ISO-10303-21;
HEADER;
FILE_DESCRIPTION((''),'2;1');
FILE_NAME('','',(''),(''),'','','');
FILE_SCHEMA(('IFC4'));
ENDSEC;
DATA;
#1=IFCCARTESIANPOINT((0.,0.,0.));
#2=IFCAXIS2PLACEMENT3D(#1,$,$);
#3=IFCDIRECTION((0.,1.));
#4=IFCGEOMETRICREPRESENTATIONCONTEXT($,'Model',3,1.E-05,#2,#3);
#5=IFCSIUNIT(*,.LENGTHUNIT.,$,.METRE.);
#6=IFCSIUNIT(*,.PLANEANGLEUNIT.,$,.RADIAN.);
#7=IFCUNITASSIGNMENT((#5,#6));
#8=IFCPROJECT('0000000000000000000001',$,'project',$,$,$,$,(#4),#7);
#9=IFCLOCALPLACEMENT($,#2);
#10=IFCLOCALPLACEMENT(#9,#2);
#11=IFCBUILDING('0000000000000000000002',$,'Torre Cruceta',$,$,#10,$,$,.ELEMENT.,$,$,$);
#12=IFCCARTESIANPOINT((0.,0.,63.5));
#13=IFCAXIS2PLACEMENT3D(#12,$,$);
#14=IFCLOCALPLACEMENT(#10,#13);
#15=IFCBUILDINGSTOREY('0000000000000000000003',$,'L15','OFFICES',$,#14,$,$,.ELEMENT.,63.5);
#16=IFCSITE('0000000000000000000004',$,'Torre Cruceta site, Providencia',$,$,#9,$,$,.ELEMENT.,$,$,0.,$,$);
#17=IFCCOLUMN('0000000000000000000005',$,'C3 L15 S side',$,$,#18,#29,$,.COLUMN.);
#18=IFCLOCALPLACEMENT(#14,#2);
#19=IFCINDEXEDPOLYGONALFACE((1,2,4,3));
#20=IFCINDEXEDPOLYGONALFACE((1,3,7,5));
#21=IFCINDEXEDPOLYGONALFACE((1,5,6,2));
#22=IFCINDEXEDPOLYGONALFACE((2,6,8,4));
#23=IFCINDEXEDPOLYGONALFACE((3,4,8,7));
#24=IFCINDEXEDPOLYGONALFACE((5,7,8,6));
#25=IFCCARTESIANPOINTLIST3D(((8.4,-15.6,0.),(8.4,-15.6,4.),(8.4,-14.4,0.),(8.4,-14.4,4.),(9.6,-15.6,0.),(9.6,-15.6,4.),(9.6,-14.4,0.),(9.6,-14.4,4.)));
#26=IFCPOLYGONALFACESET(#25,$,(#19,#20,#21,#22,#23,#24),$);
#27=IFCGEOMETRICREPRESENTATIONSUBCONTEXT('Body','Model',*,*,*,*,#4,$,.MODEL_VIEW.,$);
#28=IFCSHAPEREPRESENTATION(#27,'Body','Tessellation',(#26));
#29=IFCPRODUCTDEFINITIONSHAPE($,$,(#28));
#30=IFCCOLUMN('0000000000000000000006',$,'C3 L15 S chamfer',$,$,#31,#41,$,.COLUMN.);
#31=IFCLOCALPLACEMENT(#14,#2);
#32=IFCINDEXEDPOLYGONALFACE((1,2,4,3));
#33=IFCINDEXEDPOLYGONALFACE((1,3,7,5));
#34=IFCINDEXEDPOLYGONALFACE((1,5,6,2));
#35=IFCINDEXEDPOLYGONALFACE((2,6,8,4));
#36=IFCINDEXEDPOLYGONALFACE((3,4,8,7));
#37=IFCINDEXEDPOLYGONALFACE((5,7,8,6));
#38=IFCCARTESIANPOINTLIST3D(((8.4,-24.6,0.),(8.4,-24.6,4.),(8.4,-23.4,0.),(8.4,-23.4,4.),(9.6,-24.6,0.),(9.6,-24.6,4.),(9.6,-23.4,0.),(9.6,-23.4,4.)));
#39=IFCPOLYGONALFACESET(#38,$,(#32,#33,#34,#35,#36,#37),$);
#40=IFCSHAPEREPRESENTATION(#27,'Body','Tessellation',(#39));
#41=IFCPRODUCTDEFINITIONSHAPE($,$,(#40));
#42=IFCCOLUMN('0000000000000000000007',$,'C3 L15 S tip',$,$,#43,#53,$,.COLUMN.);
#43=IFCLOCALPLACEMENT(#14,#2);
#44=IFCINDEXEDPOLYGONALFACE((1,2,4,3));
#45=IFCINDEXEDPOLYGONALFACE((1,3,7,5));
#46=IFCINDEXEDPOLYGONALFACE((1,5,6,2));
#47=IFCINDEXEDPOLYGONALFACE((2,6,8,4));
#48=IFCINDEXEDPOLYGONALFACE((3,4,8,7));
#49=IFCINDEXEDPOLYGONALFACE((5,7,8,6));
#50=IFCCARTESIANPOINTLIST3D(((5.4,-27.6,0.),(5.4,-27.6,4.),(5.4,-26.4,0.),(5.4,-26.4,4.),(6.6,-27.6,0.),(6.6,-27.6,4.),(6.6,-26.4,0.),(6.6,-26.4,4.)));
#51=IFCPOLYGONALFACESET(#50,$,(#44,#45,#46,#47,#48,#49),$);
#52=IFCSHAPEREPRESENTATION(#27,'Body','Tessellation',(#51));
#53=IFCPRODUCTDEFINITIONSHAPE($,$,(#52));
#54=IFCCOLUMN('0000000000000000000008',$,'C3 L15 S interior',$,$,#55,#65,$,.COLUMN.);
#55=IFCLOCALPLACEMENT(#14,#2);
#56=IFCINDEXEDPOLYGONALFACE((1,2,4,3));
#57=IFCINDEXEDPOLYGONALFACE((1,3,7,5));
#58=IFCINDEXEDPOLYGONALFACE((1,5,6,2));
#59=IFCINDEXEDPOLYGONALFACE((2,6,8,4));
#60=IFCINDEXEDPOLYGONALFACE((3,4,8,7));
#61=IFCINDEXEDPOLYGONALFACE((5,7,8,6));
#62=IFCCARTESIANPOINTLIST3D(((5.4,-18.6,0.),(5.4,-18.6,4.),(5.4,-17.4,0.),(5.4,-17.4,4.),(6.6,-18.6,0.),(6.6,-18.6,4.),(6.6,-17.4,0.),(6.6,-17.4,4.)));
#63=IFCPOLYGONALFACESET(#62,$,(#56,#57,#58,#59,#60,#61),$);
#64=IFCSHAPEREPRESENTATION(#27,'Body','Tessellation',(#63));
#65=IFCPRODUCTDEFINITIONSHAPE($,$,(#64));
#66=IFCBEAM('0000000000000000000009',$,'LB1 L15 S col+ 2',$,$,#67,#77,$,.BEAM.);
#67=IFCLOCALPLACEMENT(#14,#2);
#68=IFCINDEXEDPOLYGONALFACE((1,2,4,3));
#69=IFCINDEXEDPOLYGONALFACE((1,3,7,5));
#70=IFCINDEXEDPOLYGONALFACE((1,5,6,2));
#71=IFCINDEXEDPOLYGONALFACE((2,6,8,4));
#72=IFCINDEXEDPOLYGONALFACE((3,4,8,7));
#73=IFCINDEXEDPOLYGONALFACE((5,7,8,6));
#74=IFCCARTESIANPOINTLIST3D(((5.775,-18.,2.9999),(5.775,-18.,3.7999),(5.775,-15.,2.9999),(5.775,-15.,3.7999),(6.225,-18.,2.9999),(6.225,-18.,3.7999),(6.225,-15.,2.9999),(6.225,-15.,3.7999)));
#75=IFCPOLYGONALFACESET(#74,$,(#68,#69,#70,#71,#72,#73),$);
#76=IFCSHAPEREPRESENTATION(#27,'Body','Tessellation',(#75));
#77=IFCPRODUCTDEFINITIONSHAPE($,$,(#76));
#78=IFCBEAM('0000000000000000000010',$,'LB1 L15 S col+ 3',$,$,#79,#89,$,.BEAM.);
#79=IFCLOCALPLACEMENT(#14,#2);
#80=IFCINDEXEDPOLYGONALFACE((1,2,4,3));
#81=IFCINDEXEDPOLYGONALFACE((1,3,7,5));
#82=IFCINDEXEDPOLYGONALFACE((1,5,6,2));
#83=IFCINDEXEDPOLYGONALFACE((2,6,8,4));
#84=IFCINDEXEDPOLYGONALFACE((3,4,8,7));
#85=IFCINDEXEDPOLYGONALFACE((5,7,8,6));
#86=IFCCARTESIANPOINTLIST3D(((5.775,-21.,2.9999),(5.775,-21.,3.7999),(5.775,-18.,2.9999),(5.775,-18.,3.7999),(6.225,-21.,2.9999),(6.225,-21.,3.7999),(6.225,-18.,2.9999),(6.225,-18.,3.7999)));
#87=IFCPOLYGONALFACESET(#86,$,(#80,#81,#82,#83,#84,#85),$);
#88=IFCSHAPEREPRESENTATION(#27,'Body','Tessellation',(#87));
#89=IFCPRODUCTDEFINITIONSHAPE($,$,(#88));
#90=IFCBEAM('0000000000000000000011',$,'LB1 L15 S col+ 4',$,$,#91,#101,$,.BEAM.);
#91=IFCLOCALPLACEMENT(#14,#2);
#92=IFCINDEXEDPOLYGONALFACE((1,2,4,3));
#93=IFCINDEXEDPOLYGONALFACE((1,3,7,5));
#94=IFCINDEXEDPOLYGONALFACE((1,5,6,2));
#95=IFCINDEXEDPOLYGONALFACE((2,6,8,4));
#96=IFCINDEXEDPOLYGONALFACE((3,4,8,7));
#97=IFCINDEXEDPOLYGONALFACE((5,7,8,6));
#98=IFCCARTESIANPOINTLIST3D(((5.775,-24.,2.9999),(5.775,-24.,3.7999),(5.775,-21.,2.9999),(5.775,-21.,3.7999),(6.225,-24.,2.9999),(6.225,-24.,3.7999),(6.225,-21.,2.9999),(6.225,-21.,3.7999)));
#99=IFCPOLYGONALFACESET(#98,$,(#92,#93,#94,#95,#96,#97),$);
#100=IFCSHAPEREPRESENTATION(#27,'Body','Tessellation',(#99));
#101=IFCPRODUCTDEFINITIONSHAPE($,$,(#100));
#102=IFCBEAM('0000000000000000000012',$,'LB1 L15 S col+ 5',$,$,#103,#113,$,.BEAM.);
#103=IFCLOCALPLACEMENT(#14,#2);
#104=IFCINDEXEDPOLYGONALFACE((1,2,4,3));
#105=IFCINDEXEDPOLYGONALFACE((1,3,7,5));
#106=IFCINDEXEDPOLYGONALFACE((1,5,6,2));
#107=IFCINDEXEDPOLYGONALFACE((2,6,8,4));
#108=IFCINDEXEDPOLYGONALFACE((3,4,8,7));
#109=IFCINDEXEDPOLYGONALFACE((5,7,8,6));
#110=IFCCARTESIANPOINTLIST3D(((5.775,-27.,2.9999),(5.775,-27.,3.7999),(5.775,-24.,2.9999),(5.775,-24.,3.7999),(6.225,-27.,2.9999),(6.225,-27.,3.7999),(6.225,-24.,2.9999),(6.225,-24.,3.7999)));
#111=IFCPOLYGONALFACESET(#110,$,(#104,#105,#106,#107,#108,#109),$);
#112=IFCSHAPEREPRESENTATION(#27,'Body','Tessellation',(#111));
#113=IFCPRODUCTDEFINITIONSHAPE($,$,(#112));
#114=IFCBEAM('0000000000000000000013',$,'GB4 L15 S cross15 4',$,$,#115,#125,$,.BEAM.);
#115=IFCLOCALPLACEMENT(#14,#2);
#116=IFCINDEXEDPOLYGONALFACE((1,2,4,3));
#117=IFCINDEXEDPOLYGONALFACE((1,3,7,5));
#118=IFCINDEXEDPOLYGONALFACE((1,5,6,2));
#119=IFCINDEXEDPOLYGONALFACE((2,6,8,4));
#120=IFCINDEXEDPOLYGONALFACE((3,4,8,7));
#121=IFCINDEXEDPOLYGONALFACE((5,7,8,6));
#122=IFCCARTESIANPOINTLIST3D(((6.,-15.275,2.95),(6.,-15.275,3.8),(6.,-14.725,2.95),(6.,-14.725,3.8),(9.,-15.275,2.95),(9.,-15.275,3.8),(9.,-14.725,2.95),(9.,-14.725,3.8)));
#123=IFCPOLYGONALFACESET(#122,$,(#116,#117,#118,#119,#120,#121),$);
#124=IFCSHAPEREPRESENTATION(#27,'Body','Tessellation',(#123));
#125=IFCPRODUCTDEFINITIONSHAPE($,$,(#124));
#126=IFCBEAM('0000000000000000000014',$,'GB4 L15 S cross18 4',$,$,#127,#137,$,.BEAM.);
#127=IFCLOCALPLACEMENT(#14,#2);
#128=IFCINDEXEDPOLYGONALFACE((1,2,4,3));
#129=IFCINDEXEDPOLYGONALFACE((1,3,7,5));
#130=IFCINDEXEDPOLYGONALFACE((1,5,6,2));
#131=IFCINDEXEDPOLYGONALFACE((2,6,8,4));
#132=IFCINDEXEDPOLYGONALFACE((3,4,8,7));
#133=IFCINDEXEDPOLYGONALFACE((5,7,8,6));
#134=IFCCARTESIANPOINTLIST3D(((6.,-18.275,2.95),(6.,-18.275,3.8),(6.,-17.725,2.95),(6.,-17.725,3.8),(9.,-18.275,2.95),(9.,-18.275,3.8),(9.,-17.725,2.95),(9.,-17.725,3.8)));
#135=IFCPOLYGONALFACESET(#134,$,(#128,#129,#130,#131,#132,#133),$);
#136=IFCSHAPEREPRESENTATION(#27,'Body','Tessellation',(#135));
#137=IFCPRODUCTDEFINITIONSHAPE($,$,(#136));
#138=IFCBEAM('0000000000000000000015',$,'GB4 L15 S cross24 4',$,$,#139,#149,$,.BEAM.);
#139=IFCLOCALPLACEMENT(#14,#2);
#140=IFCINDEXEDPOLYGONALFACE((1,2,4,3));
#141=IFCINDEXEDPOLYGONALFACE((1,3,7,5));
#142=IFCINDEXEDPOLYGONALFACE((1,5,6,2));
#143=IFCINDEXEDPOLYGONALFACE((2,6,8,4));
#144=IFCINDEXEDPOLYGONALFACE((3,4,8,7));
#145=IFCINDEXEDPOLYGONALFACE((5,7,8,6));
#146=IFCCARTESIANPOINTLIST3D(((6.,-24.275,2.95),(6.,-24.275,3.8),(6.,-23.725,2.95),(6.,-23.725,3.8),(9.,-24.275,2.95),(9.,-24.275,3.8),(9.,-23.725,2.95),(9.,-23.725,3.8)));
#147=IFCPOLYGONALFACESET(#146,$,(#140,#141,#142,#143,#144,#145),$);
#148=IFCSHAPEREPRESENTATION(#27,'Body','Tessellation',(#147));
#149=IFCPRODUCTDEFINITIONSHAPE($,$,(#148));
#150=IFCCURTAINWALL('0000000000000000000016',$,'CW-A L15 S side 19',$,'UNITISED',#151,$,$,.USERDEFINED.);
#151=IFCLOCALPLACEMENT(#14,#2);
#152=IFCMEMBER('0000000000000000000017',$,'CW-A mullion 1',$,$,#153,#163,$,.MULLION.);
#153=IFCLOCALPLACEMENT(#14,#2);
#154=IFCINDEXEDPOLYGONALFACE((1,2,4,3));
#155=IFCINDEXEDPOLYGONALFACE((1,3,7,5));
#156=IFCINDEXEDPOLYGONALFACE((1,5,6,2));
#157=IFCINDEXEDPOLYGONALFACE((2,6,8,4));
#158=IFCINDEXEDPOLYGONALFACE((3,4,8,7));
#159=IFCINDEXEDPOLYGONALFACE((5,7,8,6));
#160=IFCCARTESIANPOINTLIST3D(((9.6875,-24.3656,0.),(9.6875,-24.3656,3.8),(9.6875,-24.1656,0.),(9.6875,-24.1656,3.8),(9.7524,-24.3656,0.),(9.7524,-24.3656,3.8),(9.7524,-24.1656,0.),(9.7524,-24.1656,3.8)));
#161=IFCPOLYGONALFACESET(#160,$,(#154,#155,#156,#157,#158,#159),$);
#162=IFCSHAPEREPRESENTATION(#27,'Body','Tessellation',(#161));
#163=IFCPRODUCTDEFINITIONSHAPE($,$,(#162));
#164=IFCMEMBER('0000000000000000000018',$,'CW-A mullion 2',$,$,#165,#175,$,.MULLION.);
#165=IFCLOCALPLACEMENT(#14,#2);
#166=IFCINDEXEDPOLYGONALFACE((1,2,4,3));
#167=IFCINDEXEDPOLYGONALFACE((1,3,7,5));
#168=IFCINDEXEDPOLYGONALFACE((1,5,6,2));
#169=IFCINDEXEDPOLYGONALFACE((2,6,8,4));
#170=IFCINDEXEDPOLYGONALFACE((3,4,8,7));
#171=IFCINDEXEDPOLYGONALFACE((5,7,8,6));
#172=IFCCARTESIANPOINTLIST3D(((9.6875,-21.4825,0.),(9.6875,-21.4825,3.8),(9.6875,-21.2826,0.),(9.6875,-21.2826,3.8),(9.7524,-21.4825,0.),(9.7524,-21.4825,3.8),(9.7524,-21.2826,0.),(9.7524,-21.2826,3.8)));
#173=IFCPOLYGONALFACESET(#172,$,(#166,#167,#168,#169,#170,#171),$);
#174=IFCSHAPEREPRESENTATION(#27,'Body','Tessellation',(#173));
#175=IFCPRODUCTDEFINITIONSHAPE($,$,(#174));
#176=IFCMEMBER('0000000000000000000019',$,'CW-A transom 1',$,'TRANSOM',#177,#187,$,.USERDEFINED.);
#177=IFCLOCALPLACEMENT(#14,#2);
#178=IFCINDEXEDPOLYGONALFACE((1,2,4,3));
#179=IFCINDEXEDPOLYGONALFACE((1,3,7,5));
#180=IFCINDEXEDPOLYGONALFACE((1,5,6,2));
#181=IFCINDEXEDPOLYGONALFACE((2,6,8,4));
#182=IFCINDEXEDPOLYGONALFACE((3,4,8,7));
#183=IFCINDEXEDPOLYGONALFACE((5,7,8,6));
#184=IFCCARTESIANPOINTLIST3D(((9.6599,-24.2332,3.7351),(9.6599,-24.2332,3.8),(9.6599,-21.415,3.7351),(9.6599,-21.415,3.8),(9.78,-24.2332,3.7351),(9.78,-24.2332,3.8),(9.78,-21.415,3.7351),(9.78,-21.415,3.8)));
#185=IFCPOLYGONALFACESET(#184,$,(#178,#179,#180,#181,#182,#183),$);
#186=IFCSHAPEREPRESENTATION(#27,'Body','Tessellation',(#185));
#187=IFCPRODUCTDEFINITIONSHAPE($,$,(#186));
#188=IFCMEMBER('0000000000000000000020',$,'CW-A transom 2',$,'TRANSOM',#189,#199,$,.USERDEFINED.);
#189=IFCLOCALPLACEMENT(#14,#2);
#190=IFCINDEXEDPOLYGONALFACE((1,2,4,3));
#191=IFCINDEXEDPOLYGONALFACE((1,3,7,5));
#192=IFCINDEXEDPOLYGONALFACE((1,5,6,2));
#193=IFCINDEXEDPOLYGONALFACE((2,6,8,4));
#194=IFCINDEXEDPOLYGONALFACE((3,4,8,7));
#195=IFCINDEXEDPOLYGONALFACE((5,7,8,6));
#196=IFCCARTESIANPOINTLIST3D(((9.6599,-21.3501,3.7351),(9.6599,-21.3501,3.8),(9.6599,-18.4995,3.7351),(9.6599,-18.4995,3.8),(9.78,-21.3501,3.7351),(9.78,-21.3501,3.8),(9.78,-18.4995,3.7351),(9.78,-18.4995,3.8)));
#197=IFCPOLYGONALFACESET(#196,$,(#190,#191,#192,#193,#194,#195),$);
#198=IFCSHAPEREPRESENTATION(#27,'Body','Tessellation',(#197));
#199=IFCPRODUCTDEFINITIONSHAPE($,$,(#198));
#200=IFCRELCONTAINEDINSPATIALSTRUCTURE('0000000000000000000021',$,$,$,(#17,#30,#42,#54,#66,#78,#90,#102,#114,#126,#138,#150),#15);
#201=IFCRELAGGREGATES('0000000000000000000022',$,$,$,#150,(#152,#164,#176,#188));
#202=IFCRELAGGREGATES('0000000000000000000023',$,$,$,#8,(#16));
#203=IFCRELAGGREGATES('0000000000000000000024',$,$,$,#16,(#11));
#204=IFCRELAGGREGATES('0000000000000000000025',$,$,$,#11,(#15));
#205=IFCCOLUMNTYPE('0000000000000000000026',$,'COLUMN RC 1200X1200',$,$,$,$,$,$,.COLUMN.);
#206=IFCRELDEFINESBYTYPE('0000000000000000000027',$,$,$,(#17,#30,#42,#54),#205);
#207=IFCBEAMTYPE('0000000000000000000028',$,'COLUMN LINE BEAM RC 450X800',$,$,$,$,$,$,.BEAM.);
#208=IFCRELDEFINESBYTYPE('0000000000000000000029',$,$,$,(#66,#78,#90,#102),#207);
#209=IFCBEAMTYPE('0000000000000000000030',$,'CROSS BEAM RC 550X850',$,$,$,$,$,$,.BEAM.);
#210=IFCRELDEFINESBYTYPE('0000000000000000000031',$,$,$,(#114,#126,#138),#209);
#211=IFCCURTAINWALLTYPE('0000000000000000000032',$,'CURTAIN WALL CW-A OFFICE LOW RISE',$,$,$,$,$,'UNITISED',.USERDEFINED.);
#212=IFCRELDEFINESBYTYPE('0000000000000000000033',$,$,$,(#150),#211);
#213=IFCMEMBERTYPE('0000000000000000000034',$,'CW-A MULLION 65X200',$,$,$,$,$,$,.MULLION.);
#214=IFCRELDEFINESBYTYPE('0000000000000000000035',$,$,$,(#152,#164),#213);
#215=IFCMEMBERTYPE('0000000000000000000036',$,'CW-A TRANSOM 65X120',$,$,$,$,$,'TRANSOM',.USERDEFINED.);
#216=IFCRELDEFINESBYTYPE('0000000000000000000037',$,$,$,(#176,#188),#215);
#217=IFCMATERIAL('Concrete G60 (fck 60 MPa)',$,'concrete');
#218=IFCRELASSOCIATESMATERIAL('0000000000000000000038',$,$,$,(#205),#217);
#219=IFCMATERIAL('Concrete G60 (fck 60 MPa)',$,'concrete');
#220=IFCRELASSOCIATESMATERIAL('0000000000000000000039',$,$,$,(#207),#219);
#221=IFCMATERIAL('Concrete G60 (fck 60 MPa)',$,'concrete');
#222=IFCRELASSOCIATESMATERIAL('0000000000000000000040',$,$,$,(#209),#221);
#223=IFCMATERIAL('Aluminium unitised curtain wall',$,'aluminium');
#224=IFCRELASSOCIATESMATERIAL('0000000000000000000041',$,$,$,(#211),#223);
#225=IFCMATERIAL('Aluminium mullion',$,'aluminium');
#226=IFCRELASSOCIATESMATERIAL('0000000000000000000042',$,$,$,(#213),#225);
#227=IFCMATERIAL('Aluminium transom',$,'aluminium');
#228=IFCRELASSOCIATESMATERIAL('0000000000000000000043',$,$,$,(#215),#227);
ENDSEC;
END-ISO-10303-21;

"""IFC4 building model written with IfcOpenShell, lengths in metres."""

from ifc_helpers import new_model, si_unit, direction, frame, origin, origin_2d, place, context, subcontext, project, spatial, rectangle, extrude, material, material_profile, profile_set, type_object, element, aggregate, save


model = new_model("IFC4")

# Units and contexts
model_context = context("Model", 3, precision=1e-05, world=origin(), true_north=direction((0.0, 1.0)))
body_context = subcontext(model_context, "Body", "Model", "MODEL_VIEW")
ifc_project = project(units=[si_unit("LENGTHUNIT", "METRE"), si_unit("PLANEANGLEUNIT", "RADIAN")], contexts=[model_context])

# Site, building, storey
site_placement = place(None, origin())
site = spatial("IfcSite", under=ifc_project, at=site_placement, Name="Torre Cruceta site, Providencia", CompositionType="ELEMENT", RefElevation=0.0)
building_placement = place(site_placement, origin())
building = spatial("IfcBuilding", under=site, at=building_placement, Name="Torre Cruceta", CompositionType="ELEMENT")
storey_placement = place(building_placement, frame((0.0, 0.0, 63.5)))
storey = spatial("IfcBuildingStorey", under=building, at=storey_placement, Name="L15", Description="OFFICES", CompositionType="ELEMENT", Elevation=63.5)

# Columns
ifc_material_1 = material(Name="Concrete G60 (fck 60 MPa)", Category="concrete")
ifc_material_profile_1 = material_profile(ifc_material_1, rectangle(XDim=1.2, YDim=1.2, at=origin_2d()), Name="RC 1200X1200")
ifc_profile_set_1 = profile_set([ifc_material_profile_1], Name="Concrete G60 (fck 60 MPa)")
column_type = type_object("IfcColumnType", Name="COLUMN RC 1200X1200", PredefinedType="COLUMN", material=ifc_profile_set_1)
for number, where, z_axis, x_axis, name in (
    (1, (9.0, -15.0, 0.0), (0.0, 0.0, 1.0), (1.0, 0.0, 0.0), "C3 L15 S side"),
    (2, (9.0, -24.0, 0.0), (0.0, 0.0, 1.0), (1.0, 0.0, 0.0), "C3 L15 S chamfer"),
    (3, (6.0, -27.0, 0.0), (0.0, 0.0, 1.0), (1.0, 0.0, 0.0), "C3 L15 S tip"),
    (4, (6.0, -18.0, 0.0), (0.0, 0.0, 1.0), (1.0, 0.0, 0.0), "C3 L15 S interior"),
):
    element("IfcColumn", number, at=place(storey_placement, frame(where, z_axis=z_axis, x_axis=x_axis)), inside=storey, type_object=column_type, Name=name, PredefinedType="COLUMN", context=body_context, shape_type="SweptSolid", body=[
        extrude(rectangle(XDim=1.2, YDim=1.2, at=origin_2d()), origin(), (0.0, 0.0, 1.0), 4.0),
    ])

# Beams
ifc_material_2 = material(Name="Concrete G60 (fck 60 MPa)", Category="concrete")
ifc_material_profile_2 = material_profile(ifc_material_2, rectangle(XDim=0.45, YDim=0.8, at=origin_2d()), Name="RC 450X800")
ifc_profile_set_2 = profile_set([ifc_material_profile_2], Name="Concrete G60 (fck 60 MPa)")
beam_type_1 = type_object("IfcBeamType", Name="COLUMN LINE BEAM RC 450X800", PredefinedType="BEAM", material=ifc_profile_set_2)
for number, where, z_axis, x_axis, name in (
    (5, (6.0, -15.0, 3.3999), (0.0, -1.0, 0.0), (1.0, 0.0, 0.0), "LB1 L15 S col+ 2"),
    (6, (6.0, -18.0, 3.3999), (0.0, -1.0, 0.0), (1.0, 0.0, 0.0), "LB1 L15 S col+ 3"),
    (7, (6.0, -21.0, 3.3999), (0.0, -1.0, 0.0), (1.0, 0.0, 0.0), "LB1 L15 S col+ 4"),
    (8, (6.0, -24.0, 3.3999), (0.0, -1.0, 0.0), (1.0, 0.0, 0.0), "LB1 L15 S col+ 5"),
):
    element("IfcBeam", number, at=place(storey_placement, frame(where, z_axis=z_axis, x_axis=x_axis)), inside=storey, type_object=beam_type_1, Name=name, PredefinedType="BEAM", context=body_context, shape_type="SweptSolid", body=[
        extrude(rectangle(XDim=0.45, YDim=0.8, at=origin_2d()), origin(), (0.0, 0.0, 1.0), 3.0),
    ])
ifc_material_3 = material(Name="Concrete G60 (fck 60 MPa)", Category="concrete")
ifc_material_profile_3 = material_profile(ifc_material_3, rectangle(XDim=0.55, YDim=0.8501, at=origin_2d()), Name="RC 550X850")
ifc_profile_set_3 = profile_set([ifc_material_profile_3], Name="Concrete G60 (fck 60 MPa)")
beam_type_2 = type_object("IfcBeamType", Name="CROSS BEAM RC 550X850", PredefinedType="BEAM", material=ifc_profile_set_3)
for number, where, z_axis, x_axis, name in (
    (9, (6.0, -15.0, 3.375), (1.0, 0.0, 0.0), (0.0, 1.0, 0.0), "GB4 L15 S cross15 4"),
    (10, (6.0, -18.0, 3.375), (1.0, 0.0, 0.0), (0.0, 1.0, 0.0), "GB4 L15 S cross18 4"),
    (11, (6.0, -24.0, 3.375), (1.0, 0.0, 0.0), (0.0, 1.0, 0.0), "GB4 L15 S cross24 4"),
):
    element("IfcBeam", number, at=place(storey_placement, frame(where, z_axis=z_axis, x_axis=x_axis)), inside=storey, type_object=beam_type_2, Name=name, PredefinedType="BEAM", context=body_context, shape_type="SweptSolid", body=[
        extrude(rectangle(XDim=0.55, YDim=0.8501, at=origin_2d()), origin(), (0.0, 0.0, 1.0), 3.0),
    ])

# Curtain wall, members
ifc_material_4 = material(Name="Aluminium unitised curtain wall", Category="aluminium")
curtain_wall_type = type_object("IfcCurtainWallType", Name="CURTAIN WALL CW-A OFFICE LOW RISE", ElementType="UNITISED", PredefinedType="USERDEFINED", material=ifc_material_4)
curtain_wall_placement = place(storey_placement, origin())
curtain_wall = element("IfcCurtainWall", 12, at=curtain_wall_placement, inside=storey, type_object=curtain_wall_type, Name="CW-A L15 S side 19", ObjectType="UNITISED", PredefinedType="USERDEFINED")
ifc_material_5 = material(Name="Aluminium mullion", Category="aluminium")
ifc_material_profile_4 = material_profile(ifc_material_5, rectangle(XDim=0.0649, YDim=0.2, at=origin_2d()), Name="AL 65X200")
ifc_profile_set_4 = profile_set([ifc_material_profile_4], Name="Aluminium mullion")
member_type_1 = type_object("IfcMemberType", Name="CW-A MULLION 65X200", PredefinedType="MULLION", material=ifc_profile_set_4)
member_1_placement = place(storey_placement, frame((9.72, -24.2656, 0.0), z_axis=(0.0, 0.0, 1.0), x_axis=(-1.0, 0.0, 0.0)))
member_1 = element("IfcMember", 13, at=member_1_placement, type_object=member_type_1, Name="CW-A mullion 1", PredefinedType="MULLION", context=body_context, shape_type="SweptSolid", body=[
    extrude(rectangle(XDim=0.0649, YDim=0.2, at=origin_2d()), origin(), (0.0, 0.0, 1.0), 3.8),
])
member_2_placement = place(storey_placement, frame((9.72, -21.3826, 0.0), z_axis=(0.0, 0.0, 1.0), x_axis=(-1.0, 0.0, 0.0)))
member_2 = element("IfcMember", 14, at=member_2_placement, type_object=member_type_1, Name="CW-A mullion 2", PredefinedType="MULLION", context=body_context, shape_type="SweptSolid", body=[
    extrude(rectangle(XDim=0.0649, YDim=0.2, at=origin_2d()), origin(), (0.0, 0.0, 1.0), 3.8),
])
ifc_material_6 = material(Name="Aluminium transom", Category="aluminium")
ifc_material_profile_5 = material_profile(ifc_material_6, rectangle(XDim=0.1201, YDim=0.0649, at=origin_2d()), Name="AL 120X65")
ifc_profile_set_5 = profile_set([ifc_material_profile_5], Name="Aluminium transom")
member_type_2 = type_object("IfcMemberType", Name="CW-A TRANSOM 65X120", ElementType="TRANSOM", PredefinedType="USERDEFINED", material=ifc_profile_set_5)
member_3_placement = place(storey_placement, frame((9.72, -24.2332, 3.7676), z_axis=(0.0, 1.0, 0.0), x_axis=(-1.0, 0.0, 0.0)))
member_3 = element("IfcMember", 15, at=member_3_placement, type_object=member_type_2, Name="CW-A transom 1", ObjectType="TRANSOM", PredefinedType="USERDEFINED", context=body_context, shape_type="SweptSolid", body=[
    extrude(rectangle(XDim=0.1201, YDim=0.0649, at=origin_2d()), origin(), (0.0, 0.0, 1.0), 2.8181),
])
member_4_placement = place(storey_placement, frame((9.72, -21.3501, 3.7676), z_axis=(0.0, 1.0, 0.0), x_axis=(-1.0, 0.0, 0.0)))
member_4 = element("IfcMember", 16, at=member_4_placement, type_object=member_type_2, Name="CW-A transom 2", ObjectType="TRANSOM", PredefinedType="USERDEFINED", context=body_context, shape_type="SweptSolid", body=[
    extrude(rectangle(XDim=0.1201, YDim=0.0649, at=origin_2d()), origin(), (0.0, 0.0, 1.0), 2.8506),
])

aggregate(curtain_wall, [member_1, member_2, member_3, member_4])

save(model, "model.ifc")
